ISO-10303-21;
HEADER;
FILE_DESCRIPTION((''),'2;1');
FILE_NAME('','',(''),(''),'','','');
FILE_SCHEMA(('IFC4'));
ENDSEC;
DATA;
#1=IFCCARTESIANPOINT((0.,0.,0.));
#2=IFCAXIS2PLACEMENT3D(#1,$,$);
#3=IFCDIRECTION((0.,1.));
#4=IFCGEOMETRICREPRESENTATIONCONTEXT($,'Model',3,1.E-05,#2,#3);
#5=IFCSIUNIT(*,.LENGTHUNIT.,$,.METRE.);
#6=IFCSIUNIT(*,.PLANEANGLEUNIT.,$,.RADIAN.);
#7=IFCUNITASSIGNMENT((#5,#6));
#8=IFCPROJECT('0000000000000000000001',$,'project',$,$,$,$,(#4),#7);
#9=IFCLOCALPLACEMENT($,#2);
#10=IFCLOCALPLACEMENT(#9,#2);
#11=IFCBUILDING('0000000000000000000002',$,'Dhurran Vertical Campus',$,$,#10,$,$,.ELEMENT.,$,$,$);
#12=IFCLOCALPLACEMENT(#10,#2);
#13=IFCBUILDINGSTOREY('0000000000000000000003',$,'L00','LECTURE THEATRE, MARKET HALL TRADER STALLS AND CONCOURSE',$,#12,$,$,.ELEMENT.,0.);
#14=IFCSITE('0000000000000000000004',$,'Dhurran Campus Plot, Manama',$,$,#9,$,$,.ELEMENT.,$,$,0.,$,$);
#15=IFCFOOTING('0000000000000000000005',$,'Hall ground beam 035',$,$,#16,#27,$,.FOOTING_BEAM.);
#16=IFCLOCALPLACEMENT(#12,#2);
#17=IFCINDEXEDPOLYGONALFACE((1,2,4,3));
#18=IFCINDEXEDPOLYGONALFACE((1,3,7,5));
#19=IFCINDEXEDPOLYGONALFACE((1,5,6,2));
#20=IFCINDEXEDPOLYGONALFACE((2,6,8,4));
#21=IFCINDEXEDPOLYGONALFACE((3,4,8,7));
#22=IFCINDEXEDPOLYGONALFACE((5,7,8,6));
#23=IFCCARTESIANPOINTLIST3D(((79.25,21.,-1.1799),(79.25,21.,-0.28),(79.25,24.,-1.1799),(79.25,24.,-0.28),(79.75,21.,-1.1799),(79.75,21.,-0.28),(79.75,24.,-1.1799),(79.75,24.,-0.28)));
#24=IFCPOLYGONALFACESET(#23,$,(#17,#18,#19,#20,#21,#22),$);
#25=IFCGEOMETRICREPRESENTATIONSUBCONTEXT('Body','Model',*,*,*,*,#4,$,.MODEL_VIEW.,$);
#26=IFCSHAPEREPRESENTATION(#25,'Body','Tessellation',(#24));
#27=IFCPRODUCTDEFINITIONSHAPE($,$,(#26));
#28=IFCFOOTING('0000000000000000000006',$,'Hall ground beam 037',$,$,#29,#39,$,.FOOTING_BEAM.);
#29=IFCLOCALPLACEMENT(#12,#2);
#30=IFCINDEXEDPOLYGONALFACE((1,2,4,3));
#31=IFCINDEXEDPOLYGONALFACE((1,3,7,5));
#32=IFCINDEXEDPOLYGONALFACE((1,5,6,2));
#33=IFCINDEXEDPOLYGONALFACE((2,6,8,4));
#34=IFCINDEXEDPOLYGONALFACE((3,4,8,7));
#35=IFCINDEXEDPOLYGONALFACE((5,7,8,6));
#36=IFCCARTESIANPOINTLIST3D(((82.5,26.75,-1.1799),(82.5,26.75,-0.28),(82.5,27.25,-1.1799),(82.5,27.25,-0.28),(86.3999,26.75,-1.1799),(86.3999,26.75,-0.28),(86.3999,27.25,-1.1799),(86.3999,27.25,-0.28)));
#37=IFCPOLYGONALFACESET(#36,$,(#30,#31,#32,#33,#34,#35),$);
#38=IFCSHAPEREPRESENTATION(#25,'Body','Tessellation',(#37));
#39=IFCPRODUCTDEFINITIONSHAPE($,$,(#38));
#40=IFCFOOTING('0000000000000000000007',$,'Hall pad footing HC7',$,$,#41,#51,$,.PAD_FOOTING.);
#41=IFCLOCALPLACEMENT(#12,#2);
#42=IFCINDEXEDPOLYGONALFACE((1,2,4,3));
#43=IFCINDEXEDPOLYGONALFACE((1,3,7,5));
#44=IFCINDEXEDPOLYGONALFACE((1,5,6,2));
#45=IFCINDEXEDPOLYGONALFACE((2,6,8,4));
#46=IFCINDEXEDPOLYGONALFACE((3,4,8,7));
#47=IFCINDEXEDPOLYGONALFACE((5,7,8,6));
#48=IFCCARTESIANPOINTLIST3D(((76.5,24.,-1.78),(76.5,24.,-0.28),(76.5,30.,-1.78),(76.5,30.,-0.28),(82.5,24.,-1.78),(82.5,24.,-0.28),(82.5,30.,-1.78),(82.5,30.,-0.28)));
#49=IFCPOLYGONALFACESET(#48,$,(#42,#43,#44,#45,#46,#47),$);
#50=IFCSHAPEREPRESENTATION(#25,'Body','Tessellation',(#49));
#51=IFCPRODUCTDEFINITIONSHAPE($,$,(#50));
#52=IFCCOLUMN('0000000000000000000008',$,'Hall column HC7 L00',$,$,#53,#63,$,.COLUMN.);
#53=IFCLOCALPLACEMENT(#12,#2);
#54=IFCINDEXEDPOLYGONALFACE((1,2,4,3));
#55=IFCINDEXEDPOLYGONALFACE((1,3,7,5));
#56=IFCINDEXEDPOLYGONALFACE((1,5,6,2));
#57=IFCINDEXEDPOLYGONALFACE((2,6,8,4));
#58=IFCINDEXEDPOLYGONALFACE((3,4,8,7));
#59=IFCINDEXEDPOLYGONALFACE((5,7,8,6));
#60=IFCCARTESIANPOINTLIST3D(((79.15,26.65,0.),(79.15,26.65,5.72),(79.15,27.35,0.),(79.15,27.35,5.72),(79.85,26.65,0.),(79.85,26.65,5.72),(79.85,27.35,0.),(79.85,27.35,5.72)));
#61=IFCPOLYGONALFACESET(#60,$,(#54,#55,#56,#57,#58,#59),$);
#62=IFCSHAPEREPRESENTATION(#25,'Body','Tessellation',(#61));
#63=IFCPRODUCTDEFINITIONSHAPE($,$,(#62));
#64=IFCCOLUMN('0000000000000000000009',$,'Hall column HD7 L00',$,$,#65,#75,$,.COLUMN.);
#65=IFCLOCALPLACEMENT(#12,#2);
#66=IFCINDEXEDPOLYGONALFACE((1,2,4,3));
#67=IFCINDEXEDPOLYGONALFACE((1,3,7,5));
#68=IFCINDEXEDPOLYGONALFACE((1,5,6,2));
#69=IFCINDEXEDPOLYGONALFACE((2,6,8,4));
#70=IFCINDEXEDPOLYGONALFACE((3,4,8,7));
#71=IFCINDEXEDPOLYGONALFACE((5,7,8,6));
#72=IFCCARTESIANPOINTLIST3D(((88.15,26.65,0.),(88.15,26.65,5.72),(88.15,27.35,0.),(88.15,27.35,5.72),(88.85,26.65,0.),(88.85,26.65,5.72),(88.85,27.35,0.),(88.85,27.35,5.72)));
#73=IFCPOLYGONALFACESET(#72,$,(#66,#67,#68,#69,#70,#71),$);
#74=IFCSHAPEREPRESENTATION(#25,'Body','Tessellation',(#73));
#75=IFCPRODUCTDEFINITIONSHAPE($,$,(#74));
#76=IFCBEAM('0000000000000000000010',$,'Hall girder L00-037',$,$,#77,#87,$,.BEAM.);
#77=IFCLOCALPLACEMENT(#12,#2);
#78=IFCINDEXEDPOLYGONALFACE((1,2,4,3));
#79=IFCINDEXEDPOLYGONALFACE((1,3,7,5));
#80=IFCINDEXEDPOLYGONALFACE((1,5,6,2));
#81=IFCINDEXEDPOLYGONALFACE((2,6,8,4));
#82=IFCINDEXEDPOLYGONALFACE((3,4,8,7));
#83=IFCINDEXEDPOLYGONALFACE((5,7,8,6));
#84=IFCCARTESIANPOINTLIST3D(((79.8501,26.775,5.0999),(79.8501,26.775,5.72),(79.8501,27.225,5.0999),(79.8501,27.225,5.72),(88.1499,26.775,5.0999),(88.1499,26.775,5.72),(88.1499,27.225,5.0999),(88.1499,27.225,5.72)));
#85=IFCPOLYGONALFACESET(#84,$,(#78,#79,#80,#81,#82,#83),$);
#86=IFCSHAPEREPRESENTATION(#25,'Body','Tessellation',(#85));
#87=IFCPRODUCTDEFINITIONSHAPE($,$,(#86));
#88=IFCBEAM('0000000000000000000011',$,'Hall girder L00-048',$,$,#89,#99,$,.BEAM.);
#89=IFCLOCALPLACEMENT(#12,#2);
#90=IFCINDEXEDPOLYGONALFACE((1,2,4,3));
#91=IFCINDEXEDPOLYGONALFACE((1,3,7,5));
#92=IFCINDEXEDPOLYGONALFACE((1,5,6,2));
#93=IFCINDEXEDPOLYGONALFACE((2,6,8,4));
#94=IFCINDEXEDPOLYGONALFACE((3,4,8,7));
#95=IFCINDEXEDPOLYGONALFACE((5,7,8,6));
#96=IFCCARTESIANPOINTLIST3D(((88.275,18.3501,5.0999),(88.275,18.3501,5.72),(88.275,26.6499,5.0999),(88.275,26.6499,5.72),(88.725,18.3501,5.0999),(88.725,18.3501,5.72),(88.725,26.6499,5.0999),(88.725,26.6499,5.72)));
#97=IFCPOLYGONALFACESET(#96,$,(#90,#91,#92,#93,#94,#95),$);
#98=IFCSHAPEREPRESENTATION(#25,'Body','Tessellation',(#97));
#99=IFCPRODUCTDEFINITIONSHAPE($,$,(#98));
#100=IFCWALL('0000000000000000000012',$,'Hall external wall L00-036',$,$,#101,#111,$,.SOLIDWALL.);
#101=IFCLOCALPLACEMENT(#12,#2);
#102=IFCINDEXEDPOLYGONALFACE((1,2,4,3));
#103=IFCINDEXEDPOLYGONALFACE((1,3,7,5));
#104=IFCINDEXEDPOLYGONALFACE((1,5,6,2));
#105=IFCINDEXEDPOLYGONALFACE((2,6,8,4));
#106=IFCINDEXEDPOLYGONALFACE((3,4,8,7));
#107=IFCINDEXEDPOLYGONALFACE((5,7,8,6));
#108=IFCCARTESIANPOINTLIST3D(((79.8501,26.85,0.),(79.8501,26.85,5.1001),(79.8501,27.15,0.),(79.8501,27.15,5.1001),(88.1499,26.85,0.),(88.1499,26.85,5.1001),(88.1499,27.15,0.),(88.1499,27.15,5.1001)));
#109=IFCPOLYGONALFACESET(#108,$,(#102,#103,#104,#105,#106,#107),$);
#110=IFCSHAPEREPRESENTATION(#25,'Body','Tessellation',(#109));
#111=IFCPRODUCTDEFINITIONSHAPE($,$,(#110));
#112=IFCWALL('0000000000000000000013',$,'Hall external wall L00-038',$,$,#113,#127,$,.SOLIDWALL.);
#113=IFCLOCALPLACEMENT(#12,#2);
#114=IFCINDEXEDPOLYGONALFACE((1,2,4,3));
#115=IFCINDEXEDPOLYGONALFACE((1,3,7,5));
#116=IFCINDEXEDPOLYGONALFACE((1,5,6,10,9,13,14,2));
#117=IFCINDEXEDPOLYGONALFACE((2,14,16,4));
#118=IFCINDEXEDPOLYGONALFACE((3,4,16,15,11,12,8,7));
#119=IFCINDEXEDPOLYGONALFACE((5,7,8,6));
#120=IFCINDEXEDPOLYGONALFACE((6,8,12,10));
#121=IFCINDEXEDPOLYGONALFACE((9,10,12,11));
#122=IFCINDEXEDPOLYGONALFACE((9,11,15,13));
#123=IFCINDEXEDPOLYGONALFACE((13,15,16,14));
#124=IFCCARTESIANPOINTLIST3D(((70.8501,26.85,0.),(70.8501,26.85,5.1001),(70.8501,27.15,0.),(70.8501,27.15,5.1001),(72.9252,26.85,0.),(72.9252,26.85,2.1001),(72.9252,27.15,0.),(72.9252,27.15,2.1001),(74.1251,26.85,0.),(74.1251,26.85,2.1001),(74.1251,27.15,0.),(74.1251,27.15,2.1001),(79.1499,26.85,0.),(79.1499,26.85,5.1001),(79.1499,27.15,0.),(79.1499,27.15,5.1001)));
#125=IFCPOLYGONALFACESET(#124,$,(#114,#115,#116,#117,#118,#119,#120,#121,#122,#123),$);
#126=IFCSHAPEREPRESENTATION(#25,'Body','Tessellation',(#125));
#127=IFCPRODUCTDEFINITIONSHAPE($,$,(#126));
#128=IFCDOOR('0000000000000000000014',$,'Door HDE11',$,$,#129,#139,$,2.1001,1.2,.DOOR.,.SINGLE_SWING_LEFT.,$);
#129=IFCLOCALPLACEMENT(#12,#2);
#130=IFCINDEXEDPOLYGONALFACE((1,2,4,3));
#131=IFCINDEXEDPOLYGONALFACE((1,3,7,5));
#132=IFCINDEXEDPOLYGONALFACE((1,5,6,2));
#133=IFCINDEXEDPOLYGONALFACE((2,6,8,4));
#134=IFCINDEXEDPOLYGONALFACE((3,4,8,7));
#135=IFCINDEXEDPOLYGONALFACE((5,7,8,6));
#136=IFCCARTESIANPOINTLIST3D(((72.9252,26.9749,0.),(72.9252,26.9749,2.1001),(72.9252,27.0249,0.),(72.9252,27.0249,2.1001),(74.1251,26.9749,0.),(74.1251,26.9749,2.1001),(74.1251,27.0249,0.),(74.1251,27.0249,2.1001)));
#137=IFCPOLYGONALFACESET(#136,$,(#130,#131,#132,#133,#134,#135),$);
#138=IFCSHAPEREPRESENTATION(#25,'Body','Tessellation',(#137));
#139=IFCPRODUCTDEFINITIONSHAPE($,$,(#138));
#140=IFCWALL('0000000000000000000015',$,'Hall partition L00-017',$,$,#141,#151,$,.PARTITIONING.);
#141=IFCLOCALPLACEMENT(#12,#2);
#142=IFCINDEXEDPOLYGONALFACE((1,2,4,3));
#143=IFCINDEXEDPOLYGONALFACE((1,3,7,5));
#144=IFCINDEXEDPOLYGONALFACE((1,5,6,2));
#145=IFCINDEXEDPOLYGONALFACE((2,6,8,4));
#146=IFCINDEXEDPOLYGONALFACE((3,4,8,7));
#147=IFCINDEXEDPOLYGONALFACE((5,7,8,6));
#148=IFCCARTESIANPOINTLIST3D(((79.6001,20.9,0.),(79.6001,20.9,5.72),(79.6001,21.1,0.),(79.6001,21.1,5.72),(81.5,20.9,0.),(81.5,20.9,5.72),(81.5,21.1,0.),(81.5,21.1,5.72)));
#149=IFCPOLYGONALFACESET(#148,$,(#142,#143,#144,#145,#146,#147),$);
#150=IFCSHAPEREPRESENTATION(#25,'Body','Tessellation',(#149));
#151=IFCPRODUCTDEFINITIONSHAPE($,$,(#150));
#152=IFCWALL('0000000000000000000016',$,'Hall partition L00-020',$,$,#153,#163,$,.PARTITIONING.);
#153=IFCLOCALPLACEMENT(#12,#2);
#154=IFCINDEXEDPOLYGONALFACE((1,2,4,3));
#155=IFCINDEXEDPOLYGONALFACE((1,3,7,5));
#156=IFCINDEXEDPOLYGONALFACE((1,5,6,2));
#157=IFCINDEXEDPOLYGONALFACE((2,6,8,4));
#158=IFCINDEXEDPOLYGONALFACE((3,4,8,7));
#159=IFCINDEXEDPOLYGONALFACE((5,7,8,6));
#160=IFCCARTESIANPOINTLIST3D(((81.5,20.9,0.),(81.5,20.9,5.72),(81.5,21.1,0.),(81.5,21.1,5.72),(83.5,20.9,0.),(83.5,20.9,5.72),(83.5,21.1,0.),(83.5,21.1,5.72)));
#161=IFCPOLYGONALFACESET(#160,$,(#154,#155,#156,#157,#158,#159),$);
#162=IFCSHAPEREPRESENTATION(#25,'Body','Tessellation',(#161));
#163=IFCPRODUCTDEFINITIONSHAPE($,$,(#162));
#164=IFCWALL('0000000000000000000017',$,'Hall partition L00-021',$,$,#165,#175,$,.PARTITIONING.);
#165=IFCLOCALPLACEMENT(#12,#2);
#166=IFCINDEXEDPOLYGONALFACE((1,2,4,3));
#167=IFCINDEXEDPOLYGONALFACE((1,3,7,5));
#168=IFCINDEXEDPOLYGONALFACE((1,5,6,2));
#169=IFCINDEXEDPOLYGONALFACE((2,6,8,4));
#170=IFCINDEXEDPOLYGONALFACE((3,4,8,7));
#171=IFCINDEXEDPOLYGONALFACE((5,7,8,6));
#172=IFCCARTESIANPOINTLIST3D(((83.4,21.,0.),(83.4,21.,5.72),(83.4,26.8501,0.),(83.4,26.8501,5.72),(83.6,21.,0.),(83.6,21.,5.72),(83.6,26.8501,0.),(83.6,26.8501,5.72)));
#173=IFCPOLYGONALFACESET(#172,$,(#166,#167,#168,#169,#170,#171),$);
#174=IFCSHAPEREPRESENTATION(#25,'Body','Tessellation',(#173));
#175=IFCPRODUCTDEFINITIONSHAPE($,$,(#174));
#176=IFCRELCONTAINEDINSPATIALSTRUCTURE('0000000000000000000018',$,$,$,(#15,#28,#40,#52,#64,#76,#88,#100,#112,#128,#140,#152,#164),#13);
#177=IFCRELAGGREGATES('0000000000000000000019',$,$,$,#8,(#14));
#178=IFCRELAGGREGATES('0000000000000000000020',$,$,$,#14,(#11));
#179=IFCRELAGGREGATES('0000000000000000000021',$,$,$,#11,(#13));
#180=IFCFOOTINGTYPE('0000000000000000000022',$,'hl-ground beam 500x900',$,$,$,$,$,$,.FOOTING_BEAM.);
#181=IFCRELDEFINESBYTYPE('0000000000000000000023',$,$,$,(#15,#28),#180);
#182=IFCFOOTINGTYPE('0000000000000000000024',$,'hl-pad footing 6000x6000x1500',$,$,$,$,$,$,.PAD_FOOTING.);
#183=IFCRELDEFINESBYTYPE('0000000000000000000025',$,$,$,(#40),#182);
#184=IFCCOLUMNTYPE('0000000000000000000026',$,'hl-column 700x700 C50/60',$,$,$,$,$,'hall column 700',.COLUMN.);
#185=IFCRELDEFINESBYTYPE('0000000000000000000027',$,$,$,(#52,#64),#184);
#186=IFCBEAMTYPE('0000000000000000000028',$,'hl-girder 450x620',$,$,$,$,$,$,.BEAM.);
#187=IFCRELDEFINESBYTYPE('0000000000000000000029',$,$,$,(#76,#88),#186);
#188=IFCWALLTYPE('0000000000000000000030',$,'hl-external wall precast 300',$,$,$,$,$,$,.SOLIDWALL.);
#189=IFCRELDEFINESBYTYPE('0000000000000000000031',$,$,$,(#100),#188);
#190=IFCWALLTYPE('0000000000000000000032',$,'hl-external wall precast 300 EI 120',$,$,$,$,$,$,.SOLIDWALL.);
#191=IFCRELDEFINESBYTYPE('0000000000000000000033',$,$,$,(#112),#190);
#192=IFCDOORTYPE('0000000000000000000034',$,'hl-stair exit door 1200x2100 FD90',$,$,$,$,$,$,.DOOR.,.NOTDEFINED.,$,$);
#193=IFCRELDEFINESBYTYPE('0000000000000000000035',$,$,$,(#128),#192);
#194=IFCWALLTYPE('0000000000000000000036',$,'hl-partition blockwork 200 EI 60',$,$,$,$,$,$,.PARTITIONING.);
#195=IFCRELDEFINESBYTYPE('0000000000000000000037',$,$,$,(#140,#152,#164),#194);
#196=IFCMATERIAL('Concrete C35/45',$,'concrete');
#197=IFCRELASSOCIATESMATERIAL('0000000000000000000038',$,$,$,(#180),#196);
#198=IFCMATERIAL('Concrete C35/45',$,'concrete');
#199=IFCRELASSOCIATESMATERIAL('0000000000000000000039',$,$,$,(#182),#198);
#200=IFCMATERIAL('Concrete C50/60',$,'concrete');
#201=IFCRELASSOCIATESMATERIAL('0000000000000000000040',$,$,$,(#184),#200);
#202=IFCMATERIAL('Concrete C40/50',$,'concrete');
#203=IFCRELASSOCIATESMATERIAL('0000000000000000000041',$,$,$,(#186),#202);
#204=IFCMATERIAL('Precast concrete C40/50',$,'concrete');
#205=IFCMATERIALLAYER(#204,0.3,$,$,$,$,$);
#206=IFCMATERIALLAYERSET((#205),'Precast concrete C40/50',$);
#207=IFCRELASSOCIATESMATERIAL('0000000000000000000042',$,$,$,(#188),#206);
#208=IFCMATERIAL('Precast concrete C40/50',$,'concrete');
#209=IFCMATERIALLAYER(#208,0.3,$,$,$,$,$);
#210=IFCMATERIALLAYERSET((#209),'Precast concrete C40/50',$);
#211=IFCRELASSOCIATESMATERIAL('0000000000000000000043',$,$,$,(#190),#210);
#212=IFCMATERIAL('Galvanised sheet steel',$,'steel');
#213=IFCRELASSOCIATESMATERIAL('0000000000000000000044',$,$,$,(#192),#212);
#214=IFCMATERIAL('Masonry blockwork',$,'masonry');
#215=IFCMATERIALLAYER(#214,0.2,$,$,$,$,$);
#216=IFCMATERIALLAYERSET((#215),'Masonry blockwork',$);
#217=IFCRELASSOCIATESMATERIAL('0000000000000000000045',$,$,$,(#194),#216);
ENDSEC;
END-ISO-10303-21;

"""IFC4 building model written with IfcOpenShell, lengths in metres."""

from ifc_helpers import new_model, si_unit, direction, frame, frame_2d, origin, origin_2d, place, context, subcontext, project, spatial, rectangle, extrude, material, layer, layer_set, material_profile, profile_set, type_object, element, fill, save


model = new_model("IFC4")

# Units and contexts
model_context = context("Model", 3, precision=1e-05, world=origin(), true_north=direction((0.0, 1.0)))
body_context = subcontext(model_context, "Body", "Model", "MODEL_VIEW")
ifc_project = project(units=[si_unit("LENGTHUNIT", "METRE"), si_unit("PLANEANGLEUNIT", "RADIAN")], contexts=[model_context])

# Site, building, storey
site_placement = place(None, origin())
site = spatial("IfcSite", under=ifc_project, at=site_placement, Name="Dhurran Campus Plot, Manama", CompositionType="ELEMENT", RefElevation=0.0)
building_placement = place(site_placement, origin())
building = spatial("IfcBuilding", under=site, at=building_placement, Name="Dhurran Vertical Campus", CompositionType="ELEMENT")
storey_placement = place(building_placement, origin())
storey = spatial("IfcBuildingStorey", under=building, at=storey_placement, Name="L00", Description="LECTURE THEATRE, MARKET HALL TRADER STALLS AND CONCOURSE", CompositionType="ELEMENT", Elevation=0.0)

# Footings
ifc_material_1 = material(Name="Concrete C35/45", Category="concrete")
ifc_material_profile_1 = material_profile(ifc_material_1, rectangle(XDim=0.5, YDim=0.8999, at=origin_2d()), Name="hl-ground beam 500x900")
ifc_profile_set_1 = profile_set([ifc_material_profile_1], Name="Concrete C35/45")
footing_type_1 = type_object("IfcFootingType", Name="hl-ground beam 500x900", PredefinedType="FOOTING_BEAM", material=ifc_profile_set_1)
footing_1_placement = place(storey_placement, frame((79.5, 21.0, -0.73), z_axis=(0.0, 1.0, 0.0), x_axis=(-1.0, 0.0, 0.0)))
element("IfcFooting", 1, at=footing_1_placement, inside=storey, type_object=footing_type_1, Name="Hall ground beam 035", PredefinedType="FOOTING_BEAM", context=body_context, shape_type="SweptSolid", body=[
    extrude(rectangle(XDim=0.5, YDim=0.8999, at=origin_2d()), origin(), (0.0, 0.0, 1.0), 3.0),
])
footing_2_placement = place(storey_placement, frame((82.5, 27.0, -0.73), z_axis=(1.0, 0.0, 0.0), x_axis=(0.0, 1.0, 0.0)))
element("IfcFooting", 2, at=footing_2_placement, inside=storey, type_object=footing_type_1, Name="Hall ground beam 037", PredefinedType="FOOTING_BEAM", context=body_context, shape_type="SweptSolid", body=[
    extrude(rectangle(XDim=0.5, YDim=0.8999, at=origin_2d()), origin(), (0.0, 0.0, 1.0), 3.8999),
])
ifc_material_2 = material(Name="Concrete C35/45", Category="concrete")
footing_type_2 = type_object("IfcFootingType", Name="hl-pad footing 6000x6000x1500", PredefinedType="PAD_FOOTING", material=ifc_material_2)
footing_3_placement = place(storey_placement, frame((79.5, 27.0, -1.78), z_axis=(0.0, 0.0, 1.0), x_axis=(1.0, 0.0, 0.0)))
element("IfcFooting", 3, at=footing_3_placement, inside=storey, type_object=footing_type_2, Name="Hall pad footing HC7", PredefinedType="PAD_FOOTING", context=body_context, shape_type="SweptSolid", body=[
    extrude(rectangle(XDim=6.0, YDim=6.0, at=origin_2d()), origin(), (0.0, 0.0, 1.0), 1.5),
])

# Columns
ifc_material_3 = material(Name="Concrete C50/60", Category="concrete")
ifc_material_profile_2 = material_profile(ifc_material_3, rectangle(XDim=0.7, YDim=0.7, at=origin_2d()), Name="hl-column 700x700 C50/60")
ifc_profile_set_2 = profile_set([ifc_material_profile_2], Name="Concrete C50/60")
column_type = type_object("IfcColumnType", Name="hl-column 700x700 C50/60", ElementType="hall column 700", PredefinedType="COLUMN", material=ifc_profile_set_2)
for number, where, z_axis, x_axis, name in (
    (4, (79.5, 27.0, 0.0), (0.0, 0.0, 1.0), (1.0, 0.0, 0.0), "Hall column HC7 L00"),
    (5, (88.5, 27.0, 0.0), (0.0, 0.0, 1.0), (1.0, 0.0, 0.0), "Hall column HD7 L00"),
):
    element("IfcColumn", number, at=place(storey_placement, frame(where, z_axis=z_axis, x_axis=x_axis)), inside=storey, type_object=column_type, Name=name, PredefinedType="COLUMN", context=body_context, shape_type="SweptSolid", body=[
        extrude(rectangle(XDim=0.7, YDim=0.7, at=origin_2d()), origin(), (0.0, 0.0, 1.0), 5.72),
    ])

# Beams
ifc_material_4 = material(Name="Concrete C40/50", Category="concrete")
ifc_material_profile_3 = material_profile(ifc_material_4, rectangle(XDim=0.45, YDim=0.6201, at=origin_2d()), Name="hl-girder 450x620")
ifc_profile_set_3 = profile_set([ifc_material_profile_3], Name="Concrete C40/50")
beam_type = type_object("IfcBeamType", Name="hl-girder 450x620", PredefinedType="BEAM", material=ifc_profile_set_3)
for number, where, z_axis, x_axis, name in (
    (6, (79.8501, 27.0, 5.4099), (1.0, 0.0, 0.0), (0.0, 1.0, 0.0), "Hall girder L00-037"),
    (7, (88.5, 18.3501, 5.4099), (0.0, 1.0, 0.0), (-1.0, 0.0, 0.0), "Hall girder L00-048"),
):
    element("IfcBeam", number, at=place(storey_placement, frame(where, z_axis=z_axis, x_axis=x_axis)), inside=storey, type_object=beam_type, Name=name, PredefinedType="BEAM", context=body_context, shape_type="SweptSolid", body=[
        extrude(rectangle(XDim=0.45, YDim=0.6201, at=origin_2d()), origin(), (0.0, 0.0, 1.0), 8.2998),
    ])

# Wall
ifc_material_5 = material(Name="Precast concrete C40/50", Category="concrete")
ifc_layer_1 = layer(ifc_material_5, 0.3)
ifc_layer_set_1 = layer_set([ifc_layer_1], Name="Precast concrete C40/50")
wall_type_1 = type_object("IfcWallType", Name="hl-external wall precast 300", PredefinedType="SOLIDWALL", material=ifc_layer_set_1)
wall_1_placement = place(storey_placement, frame((88.1499, 27.0, 0.0), z_axis=(0.0, 0.0, 1.0), x_axis=(-1.0, 0.0, 0.0)))
element("IfcWall", 8, at=wall_1_placement, inside=storey, type_object=wall_type_1, Name="Hall external wall L00-036", PredefinedType="SOLIDWALL", context=body_context, shape_type="SweptSolid", body=[
    extrude(rectangle(XDim=8.2998, YDim=0.3, at=frame_2d((4.1499, 0.0))), origin(), (0.0, 0.0, 1.0), 5.1001),
])

# Wall, opening, door
ifc_material_6 = material(Name="Precast concrete C40/50", Category="concrete")
ifc_layer_2 = layer(ifc_material_6, 0.3)
ifc_layer_set_2 = layer_set([ifc_layer_2], Name="Precast concrete C40/50")
wall_type_2 = type_object("IfcWallType", Name="hl-external wall precast 300 EI 120", PredefinedType="SOLIDWALL", material=ifc_layer_set_2)
wall_2_placement = place(storey_placement, frame((79.1499, 27.0, 0.0), z_axis=(0.0, 0.0, 1.0), x_axis=(-1.0, 0.0, 0.0)))
wall_2 = element("IfcWall", 9, at=wall_2_placement, inside=storey, type_object=wall_type_2, Name="Hall external wall L00-038", PredefinedType="SOLIDWALL", context=body_context, shape_type="SweptSolid", body=[
    extrude(rectangle(XDim=8.2998, YDim=0.3, at=frame_2d((4.1499, 0.0))), origin(), (0.0, 0.0, 1.0), 5.1001),
])
opening_1_placement = place(wall_2_placement, frame((6.2249, 0.0, 0.0), z_axis=(0.0, 0.0, 1.0), x_axis=(-1.0, 0.0, 0.0)))
opening_1 = element("IfcOpeningElement", 10, at=opening_1_placement, cuts=wall_2, PredefinedType="OPENING", context=body_context, shape_type="SweptSolid", body=[
    extrude(rectangle(XDim=1.2, YDim=2.1001, at=frame_2d((0.6001, 1.05))), frame((0.0, 0.1599, 0.0), z_axis=(0.0, -1.0, 0.0), x_axis=(1.0, 0.0, 0.0)), (0.0, 0.0, 1.0), 0.3201),
])
ifc_material_7 = material(Name="Galvanised sheet steel", Category="steel")
door_type_1 = type_object("IfcDoorType", Name="hl-stair exit door 1200x2100 FD90", OperationType="NOTDEFINED", PredefinedType="DOOR", material=ifc_material_7)
door_1_placement = place(opening_1_placement, origin())
door_1 = element("IfcDoor", 11, at=door_1_placement, inside=storey, type_object=door_type_1, Name="Door HDE11", OperationType="SINGLE_SWING_LEFT", OverallHeight=2.1001, OverallWidth=1.2, PredefinedType="DOOR", context=body_context, shape_type="SweptSolid", body=[
    extrude(rectangle(XDim=1.2, YDim=2.1001, at=frame_2d((0.6001, 1.05))), frame((0.0, 0.0249, 0.0), z_axis=(0.0, -1.0, 0.0), x_axis=(1.0, 0.0, 0.0)), (0.0, 0.0, 1.0), 0.05),
])
fill(opening_1, door_1)

# Walls
ifc_material_8 = material(Name="Masonry blockwork", Category="masonry")
ifc_layer_3 = layer(ifc_material_8, 0.2)
ifc_layer_set_3 = layer_set([ifc_layer_3], Name="Masonry blockwork")
wall_type_3 = type_object("IfcWallType", Name="hl-partition blockwork 200 EI 60", PredefinedType="PARTITIONING", material=ifc_layer_set_3)
wall_3_placement = place(storey_placement, frame((79.6001, 21.0, 0.0), z_axis=(0.0, 0.0, 1.0), x_axis=(1.0, 0.0, 0.0)))
element("IfcWall", 12, at=wall_3_placement, inside=storey, type_object=wall_type_3, Name="Hall partition L00-017", PredefinedType="PARTITIONING", context=body_context, shape_type="SweptSolid", body=[
    extrude(rectangle(XDim=1.8999, YDim=0.2, at=frame_2d((0.95, 0.0))), origin(), (0.0, 0.0, 1.0), 5.72),
])
wall_4_placement = place(storey_placement, frame((81.5, 21.0, 0.0), z_axis=(0.0, 0.0, 1.0), x_axis=(1.0, 0.0, 0.0)))
element("IfcWall", 13, at=wall_4_placement, inside=storey, type_object=wall_type_3, Name="Hall partition L00-020", PredefinedType="PARTITIONING", context=body_context, shape_type="SweptSolid", body=[
    extrude(rectangle(XDim=2.0, YDim=0.2, at=frame_2d((1.0, 0.0))), origin(), (0.0, 0.0, 1.0), 5.72),
])
wall_5_placement = place(storey_placement, frame((83.5, 21.0, 0.0), z_axis=(0.0, 0.0, 1.0), x_axis=(0.0, 1.0, 0.0)))
element("IfcWall", 14, at=wall_5_placement, inside=storey, type_object=wall_type_3, Name="Hall partition L00-021", PredefinedType="PARTITIONING", context=body_context, shape_type="SweptSolid", body=[
    extrude(rectangle(XDim=5.8501, YDim=0.2, at=frame_2d((2.925, 0.0))), origin(), (0.0, 0.0, 1.0), 5.72),
])

save(model, "model.ifc")
